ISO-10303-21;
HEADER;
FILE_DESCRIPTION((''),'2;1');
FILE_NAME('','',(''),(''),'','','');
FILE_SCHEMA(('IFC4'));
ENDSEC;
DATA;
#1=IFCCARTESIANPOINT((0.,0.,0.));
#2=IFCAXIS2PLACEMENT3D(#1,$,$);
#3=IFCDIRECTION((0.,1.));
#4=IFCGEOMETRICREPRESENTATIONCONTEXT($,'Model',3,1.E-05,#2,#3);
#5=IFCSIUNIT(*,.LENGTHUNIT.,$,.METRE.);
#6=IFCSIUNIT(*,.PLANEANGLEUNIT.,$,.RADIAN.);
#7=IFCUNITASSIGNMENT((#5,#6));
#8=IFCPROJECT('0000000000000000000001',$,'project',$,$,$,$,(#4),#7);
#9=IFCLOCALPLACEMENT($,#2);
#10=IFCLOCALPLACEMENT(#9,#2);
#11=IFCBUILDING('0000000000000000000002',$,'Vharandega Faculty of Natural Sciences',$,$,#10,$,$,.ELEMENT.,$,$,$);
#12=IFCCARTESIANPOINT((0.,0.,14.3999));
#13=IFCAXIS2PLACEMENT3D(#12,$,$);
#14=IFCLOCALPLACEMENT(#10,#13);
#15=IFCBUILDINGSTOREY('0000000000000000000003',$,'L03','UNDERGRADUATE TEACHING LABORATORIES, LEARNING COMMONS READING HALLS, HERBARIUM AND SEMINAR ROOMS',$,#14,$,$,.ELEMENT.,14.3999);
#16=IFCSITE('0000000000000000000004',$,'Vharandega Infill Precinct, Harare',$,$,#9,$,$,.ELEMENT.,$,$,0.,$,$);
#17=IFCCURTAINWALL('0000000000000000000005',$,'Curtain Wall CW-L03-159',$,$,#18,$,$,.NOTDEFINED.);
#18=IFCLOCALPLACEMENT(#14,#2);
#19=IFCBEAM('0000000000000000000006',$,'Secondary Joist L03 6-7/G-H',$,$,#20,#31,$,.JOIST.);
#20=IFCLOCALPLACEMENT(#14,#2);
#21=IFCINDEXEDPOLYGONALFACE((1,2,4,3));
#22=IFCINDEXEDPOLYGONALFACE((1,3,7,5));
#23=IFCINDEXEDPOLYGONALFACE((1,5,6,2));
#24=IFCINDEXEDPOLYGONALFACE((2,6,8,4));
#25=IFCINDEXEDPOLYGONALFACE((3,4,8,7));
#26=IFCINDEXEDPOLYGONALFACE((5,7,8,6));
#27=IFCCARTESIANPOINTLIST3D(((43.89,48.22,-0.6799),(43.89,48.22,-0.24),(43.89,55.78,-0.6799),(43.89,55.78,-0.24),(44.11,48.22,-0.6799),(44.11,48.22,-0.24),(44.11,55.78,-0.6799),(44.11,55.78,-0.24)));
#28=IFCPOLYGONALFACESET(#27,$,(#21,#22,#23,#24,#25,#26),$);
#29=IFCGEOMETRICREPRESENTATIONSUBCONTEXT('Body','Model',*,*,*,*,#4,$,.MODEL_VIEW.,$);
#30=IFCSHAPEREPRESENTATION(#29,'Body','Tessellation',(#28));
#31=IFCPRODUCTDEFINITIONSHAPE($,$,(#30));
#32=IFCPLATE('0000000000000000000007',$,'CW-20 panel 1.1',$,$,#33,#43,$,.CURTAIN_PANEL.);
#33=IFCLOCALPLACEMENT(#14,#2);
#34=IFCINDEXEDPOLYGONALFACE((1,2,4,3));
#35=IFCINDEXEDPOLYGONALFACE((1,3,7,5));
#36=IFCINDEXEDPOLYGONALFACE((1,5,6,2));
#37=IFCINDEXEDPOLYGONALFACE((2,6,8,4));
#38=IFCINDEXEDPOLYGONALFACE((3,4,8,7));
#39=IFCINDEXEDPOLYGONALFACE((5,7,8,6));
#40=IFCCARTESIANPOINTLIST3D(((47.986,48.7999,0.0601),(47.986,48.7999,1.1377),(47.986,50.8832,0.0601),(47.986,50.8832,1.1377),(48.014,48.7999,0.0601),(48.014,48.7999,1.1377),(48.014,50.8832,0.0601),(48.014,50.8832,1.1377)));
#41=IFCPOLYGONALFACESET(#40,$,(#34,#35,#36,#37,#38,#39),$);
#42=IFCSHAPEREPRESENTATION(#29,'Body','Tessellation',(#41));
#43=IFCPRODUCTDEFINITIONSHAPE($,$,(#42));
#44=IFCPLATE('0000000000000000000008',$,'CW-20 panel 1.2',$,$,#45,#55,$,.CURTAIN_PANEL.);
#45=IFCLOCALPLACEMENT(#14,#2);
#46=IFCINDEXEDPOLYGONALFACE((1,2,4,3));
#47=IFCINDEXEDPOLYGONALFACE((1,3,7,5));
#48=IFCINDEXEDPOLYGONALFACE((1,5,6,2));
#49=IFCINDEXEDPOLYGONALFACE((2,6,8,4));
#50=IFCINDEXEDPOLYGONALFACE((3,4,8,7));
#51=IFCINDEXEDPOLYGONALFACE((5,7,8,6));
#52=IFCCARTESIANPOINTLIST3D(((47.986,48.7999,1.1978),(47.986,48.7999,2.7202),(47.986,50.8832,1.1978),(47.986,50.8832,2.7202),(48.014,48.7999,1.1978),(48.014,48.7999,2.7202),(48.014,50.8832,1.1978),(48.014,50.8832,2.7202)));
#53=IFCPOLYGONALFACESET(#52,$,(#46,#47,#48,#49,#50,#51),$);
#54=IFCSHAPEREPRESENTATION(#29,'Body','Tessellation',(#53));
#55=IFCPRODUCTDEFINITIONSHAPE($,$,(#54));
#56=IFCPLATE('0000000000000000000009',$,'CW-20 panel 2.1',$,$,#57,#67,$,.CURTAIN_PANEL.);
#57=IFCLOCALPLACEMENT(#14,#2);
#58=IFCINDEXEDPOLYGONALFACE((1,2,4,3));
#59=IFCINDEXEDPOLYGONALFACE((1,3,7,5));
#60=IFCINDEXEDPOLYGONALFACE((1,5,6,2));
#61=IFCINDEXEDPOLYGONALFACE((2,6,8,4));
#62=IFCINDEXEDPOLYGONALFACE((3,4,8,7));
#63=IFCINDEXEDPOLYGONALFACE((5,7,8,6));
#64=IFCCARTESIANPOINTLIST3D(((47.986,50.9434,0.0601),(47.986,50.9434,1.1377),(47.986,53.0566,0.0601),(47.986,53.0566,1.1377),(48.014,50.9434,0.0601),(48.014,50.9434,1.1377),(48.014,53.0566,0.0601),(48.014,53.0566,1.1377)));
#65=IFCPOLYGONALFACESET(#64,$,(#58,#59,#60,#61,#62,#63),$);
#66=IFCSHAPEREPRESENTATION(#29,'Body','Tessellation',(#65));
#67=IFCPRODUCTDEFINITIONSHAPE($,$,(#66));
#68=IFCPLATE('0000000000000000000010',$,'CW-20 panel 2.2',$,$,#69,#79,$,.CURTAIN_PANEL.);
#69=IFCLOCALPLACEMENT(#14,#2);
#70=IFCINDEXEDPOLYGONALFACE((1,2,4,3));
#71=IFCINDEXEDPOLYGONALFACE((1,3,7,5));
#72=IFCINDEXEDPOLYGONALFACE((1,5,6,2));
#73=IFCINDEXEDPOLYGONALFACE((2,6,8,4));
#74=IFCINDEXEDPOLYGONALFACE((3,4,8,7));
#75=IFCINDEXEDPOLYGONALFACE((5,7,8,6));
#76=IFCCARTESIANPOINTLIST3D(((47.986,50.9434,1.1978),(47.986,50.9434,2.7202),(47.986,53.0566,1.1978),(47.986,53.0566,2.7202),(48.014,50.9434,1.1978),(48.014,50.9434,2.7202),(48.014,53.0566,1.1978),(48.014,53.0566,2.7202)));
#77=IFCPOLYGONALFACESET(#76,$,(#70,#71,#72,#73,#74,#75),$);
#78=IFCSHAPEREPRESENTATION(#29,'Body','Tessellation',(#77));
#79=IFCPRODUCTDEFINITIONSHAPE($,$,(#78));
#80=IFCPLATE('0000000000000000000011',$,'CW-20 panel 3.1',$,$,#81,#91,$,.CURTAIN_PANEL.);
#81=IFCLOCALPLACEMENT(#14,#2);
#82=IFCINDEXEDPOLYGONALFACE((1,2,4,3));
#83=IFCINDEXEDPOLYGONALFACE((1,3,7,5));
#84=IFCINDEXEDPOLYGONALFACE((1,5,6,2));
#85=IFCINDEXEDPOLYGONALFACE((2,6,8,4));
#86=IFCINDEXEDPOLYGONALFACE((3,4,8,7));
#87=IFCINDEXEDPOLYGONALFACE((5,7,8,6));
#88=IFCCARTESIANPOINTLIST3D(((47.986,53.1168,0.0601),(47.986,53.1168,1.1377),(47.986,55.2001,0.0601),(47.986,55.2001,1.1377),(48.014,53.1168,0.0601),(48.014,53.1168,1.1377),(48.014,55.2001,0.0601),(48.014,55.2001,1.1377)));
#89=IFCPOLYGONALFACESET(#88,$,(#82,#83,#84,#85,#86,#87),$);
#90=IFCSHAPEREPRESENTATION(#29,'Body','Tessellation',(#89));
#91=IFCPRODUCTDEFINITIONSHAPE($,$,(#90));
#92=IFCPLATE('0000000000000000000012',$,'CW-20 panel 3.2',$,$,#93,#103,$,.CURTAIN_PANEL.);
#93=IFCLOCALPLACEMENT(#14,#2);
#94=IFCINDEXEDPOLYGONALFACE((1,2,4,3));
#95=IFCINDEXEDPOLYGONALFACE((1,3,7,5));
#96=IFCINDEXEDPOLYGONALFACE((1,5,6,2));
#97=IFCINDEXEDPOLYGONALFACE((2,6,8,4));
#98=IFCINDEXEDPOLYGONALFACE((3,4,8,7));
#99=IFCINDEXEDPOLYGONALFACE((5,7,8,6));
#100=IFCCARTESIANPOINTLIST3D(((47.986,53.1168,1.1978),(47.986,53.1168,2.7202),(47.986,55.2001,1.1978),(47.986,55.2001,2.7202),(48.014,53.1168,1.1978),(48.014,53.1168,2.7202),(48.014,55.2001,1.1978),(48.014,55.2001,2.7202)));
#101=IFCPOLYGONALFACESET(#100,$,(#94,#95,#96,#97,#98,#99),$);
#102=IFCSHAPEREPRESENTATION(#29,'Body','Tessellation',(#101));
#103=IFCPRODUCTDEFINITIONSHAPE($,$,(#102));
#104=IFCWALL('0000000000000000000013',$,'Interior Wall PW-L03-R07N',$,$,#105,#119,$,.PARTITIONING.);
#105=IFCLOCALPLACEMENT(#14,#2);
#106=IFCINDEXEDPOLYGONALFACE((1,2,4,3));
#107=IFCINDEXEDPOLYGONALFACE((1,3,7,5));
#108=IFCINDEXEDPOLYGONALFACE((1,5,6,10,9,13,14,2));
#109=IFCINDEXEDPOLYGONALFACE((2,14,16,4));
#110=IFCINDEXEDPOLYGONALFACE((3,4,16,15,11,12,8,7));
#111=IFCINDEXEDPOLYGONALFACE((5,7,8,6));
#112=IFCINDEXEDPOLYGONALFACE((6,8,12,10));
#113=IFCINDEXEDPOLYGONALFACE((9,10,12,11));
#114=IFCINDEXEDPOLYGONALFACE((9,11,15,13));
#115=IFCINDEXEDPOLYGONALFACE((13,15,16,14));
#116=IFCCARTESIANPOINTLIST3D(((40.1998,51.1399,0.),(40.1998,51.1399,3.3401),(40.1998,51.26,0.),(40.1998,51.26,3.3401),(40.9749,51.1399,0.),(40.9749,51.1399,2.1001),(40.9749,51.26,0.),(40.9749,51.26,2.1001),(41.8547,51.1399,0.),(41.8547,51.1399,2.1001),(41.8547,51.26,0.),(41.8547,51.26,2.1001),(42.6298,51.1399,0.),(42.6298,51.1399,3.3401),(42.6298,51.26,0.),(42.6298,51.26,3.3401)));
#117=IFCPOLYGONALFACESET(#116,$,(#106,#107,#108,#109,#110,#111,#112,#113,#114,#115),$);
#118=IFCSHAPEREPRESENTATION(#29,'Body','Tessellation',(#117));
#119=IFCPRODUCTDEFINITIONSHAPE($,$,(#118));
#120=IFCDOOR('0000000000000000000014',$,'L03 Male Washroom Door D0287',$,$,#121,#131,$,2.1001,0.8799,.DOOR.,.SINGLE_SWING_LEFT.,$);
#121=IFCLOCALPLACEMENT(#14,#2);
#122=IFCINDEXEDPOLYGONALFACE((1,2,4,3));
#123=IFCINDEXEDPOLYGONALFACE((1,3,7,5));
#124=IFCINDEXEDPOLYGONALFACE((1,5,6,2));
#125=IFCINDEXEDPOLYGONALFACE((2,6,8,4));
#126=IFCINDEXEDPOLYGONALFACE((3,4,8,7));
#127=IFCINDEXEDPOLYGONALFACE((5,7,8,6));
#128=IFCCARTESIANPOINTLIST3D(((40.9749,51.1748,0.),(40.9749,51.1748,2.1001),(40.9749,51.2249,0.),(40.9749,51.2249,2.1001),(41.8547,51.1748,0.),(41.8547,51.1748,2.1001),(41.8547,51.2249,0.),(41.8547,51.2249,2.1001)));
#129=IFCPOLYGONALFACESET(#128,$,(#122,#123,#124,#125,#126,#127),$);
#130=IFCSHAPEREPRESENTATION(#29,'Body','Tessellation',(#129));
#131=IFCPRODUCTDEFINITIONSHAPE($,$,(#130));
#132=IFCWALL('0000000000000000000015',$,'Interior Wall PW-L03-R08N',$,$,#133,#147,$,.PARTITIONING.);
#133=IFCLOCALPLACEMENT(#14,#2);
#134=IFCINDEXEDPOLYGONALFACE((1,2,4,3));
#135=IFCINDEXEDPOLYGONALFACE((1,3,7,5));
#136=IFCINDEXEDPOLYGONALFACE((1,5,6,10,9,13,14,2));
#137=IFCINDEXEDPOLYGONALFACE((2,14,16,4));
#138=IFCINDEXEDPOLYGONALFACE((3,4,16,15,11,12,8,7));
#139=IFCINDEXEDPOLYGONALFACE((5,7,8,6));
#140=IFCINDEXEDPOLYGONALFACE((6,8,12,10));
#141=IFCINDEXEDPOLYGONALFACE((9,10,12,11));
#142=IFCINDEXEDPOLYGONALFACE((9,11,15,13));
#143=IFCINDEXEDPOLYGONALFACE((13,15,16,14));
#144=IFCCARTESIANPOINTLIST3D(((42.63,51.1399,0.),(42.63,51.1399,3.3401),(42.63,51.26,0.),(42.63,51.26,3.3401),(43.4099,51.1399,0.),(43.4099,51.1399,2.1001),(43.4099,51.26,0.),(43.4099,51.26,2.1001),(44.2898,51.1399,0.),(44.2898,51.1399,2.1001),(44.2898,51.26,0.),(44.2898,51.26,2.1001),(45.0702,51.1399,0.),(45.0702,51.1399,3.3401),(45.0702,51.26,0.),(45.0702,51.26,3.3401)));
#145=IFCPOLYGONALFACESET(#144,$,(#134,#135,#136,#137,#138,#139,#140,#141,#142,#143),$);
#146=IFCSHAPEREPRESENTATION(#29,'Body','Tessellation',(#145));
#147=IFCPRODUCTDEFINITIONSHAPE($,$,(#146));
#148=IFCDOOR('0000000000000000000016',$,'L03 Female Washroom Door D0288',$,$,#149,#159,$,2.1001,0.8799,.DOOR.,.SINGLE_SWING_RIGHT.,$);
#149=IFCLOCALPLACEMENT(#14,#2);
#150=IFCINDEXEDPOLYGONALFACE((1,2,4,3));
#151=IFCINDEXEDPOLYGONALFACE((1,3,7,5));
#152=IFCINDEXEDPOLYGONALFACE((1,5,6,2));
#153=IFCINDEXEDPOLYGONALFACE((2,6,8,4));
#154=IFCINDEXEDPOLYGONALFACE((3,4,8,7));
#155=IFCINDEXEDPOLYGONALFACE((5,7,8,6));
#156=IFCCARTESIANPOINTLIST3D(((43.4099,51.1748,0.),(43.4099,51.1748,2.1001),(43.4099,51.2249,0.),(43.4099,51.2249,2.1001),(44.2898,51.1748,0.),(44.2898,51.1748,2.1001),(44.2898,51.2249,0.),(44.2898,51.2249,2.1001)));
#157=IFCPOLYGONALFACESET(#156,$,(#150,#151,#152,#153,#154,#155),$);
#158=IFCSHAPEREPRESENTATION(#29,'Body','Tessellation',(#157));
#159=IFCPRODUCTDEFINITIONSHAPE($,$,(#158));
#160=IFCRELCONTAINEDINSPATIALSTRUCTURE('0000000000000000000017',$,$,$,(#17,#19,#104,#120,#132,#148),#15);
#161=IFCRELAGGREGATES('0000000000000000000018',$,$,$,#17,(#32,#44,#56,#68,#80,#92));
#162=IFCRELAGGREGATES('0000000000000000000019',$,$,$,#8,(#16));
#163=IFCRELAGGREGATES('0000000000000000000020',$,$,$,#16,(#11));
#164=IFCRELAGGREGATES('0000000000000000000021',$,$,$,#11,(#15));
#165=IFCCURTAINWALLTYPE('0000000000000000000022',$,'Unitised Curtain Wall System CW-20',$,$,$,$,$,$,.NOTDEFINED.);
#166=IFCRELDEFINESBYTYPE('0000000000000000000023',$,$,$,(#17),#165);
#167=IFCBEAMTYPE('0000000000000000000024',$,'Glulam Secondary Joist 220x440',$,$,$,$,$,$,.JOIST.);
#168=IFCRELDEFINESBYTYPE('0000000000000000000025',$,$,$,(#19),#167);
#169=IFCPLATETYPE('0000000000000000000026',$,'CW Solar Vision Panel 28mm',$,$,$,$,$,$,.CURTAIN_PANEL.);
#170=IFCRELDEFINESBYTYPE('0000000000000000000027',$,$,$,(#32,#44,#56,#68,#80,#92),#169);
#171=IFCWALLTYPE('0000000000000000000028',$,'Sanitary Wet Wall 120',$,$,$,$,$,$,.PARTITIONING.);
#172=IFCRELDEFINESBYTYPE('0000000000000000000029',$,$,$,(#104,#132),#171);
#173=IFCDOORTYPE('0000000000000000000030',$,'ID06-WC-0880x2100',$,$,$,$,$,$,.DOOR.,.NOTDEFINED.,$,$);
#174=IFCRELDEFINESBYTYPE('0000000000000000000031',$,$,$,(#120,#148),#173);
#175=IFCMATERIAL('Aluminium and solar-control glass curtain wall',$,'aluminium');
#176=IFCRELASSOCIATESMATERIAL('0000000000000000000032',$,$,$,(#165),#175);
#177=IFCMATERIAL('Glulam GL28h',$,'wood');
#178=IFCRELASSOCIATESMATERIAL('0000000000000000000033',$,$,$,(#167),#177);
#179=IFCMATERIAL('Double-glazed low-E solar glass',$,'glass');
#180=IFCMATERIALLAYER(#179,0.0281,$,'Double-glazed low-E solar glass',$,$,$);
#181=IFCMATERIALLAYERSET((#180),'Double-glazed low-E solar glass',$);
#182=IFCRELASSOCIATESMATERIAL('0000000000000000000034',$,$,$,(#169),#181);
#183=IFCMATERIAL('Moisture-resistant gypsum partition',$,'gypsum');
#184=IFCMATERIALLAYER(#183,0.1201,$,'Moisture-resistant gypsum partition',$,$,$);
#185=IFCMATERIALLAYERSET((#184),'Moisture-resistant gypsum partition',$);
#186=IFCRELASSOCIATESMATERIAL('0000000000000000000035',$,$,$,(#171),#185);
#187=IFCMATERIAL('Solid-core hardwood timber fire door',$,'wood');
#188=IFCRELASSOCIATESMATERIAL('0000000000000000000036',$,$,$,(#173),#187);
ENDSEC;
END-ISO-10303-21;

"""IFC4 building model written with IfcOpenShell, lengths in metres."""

from ifc_helpers import new_model, si_unit, direction, frame, frame_2d, origin, origin_2d, place, context, subcontext, project, spatial, rectangle, extrude, material, layer, layer_set, material_profile, profile_set, type_object, element, fill, aggregate, save


model = new_model("IFC4")

# Units and contexts
model_context = context("Model", 3, precision=1e-05, world=origin(), true_north=direction((0.0, 1.0)))
body_context = subcontext(model_context, "Body", "Model", "MODEL_VIEW")
ifc_project = project(units=[si_unit("LENGTHUNIT", "METRE"), si_unit("PLANEANGLEUNIT", "RADIAN")], contexts=[model_context])

# Site, building, storey
site_placement = place(None, origin())
site = spatial("IfcSite", under=ifc_project, at=site_placement, Name="Vharandega Infill Precinct, Harare", CompositionType="ELEMENT", RefElevation=0.0)
building_placement = place(site_placement, origin())
building = spatial("IfcBuilding", under=site, at=building_placement, Name="Vharandega Faculty of Natural Sciences", CompositionType="ELEMENT")
storey_placement = place(building_placement, frame((0.0, 0.0, 14.3999)))
storey = spatial("IfcBuildingStorey", under=building, at=storey_placement, Name="L03", Description="UNDERGRADUATE TEACHING LABORATORIES, LEARNING COMMONS READING HALLS, HERBARIUM AND SEMINAR ROOMS", CompositionType="ELEMENT", Elevation=14.3999)

# Curtain wall
ifc_material_1 = material(Name="Aluminium and solar-control glass curtain wall", Category="aluminium")
curtain_wall_type = type_object("IfcCurtainWallType", Name="Unitised Curtain Wall System CW-20", PredefinedType="NOTDEFINED", material=ifc_material_1)
curtain_wall_placement = place(storey_placement, origin())
curtain_wall = element("IfcCurtainWall", 1, at=curtain_wall_placement, inside=storey, type_object=curtain_wall_type, Name="Curtain Wall CW-L03-159", PredefinedType="NOTDEFINED")

# Beam
ifc_material_2 = material(Name="Glulam GL28h", Category="wood")
ifc_material_profile_1 = material_profile(ifc_material_2, rectangle(XDim=0.22, YDim=0.4399, at=origin_2d()), Name="GL28h 220x440")
ifc_profile_set_1 = profile_set([ifc_material_profile_1], Name="Glulam GL28h")
beam_type = type_object("IfcBeamType", Name="Glulam Secondary Joist 220x440", PredefinedType="JOIST", material=ifc_profile_set_1)
beam_placement = place(storey_placement, frame((44.0, 48.22, -0.46), z_axis=(0.0, 1.0, 0.0), x_axis=(-1.0, 0.0, 0.0)))
element("IfcBeam", 2, at=beam_placement, inside=storey, type_object=beam_type, Name="Secondary Joist L03 6-7/G-H", PredefinedType="JOIST", context=body_context, shape_type="SweptSolid", body=[
    extrude(rectangle(XDim=0.22, YDim=0.4399, at=origin_2d()), origin(), (0.0, 0.0, 1.0), 7.5601),
])

# Plates
ifc_material_3 = material(Name="Double-glazed low-E solar glass", Category="glass")
ifc_layer_1 = layer(ifc_material_3, 0.0281, Name="Double-glazed low-E solar glass")
ifc_layer_set_1 = layer_set([ifc_layer_1], Name="Double-glazed low-E solar glass")
plate_type = type_object("IfcPlateType", Name="CW Solar Vision Panel 28mm", PredefinedType="CURTAIN_PANEL", material=ifc_layer_set_1)
plate_1_placement = place(storey_placement, frame((48.0, 49.8416, 0.0601), z_axis=(0.0, 0.0, 1.0), x_axis=(0.0, 1.0, 0.0)))
plate_1 = element("IfcPlate", 3, at=plate_1_placement, type_object=plate_type, Name="CW-20 panel 1.1", PredefinedType="CURTAIN_PANEL", context=body_context, shape_type="SweptSolid", body=[
    extrude(rectangle(XDim=2.0833, YDim=0.0281, at=origin_2d()), origin(), (0.0, 0.0, 1.0), 1.0776),
])
plate_2_placement = place(storey_placement, frame((48.0, 49.8416, 1.1978), z_axis=(0.0, 0.0, 1.0), x_axis=(0.0, 1.0, 0.0)))
plate_2 = element("IfcPlate", 4, at=plate_2_placement, type_object=plate_type, Name="CW-20 panel 1.2", PredefinedType="CURTAIN_PANEL", context=body_context, shape_type="SweptSolid", body=[
    extrude(rectangle(XDim=2.0833, YDim=0.0281, at=origin_2d()), origin(), (0.0, 0.0, 1.0), 1.5225),
])
plate_3_placement = place(storey_placement, frame((48.0, 52.0, 0.0601), z_axis=(0.0, 0.0, 1.0), x_axis=(0.0, 1.0, 0.0)))
plate_3 = element("IfcPlate", 5, at=plate_3_placement, type_object=plate_type, Name="CW-20 panel 2.1", PredefinedType="CURTAIN_PANEL", context=body_context, shape_type="SweptSolid", body=[
    extrude(rectangle(XDim=2.1133, YDim=0.0281, at=origin_2d()), origin(), (0.0, 0.0, 1.0), 1.0776),
])
plate_4_placement = place(storey_placement, frame((48.0, 52.0, 1.1978), z_axis=(0.0, 0.0, 1.0), x_axis=(0.0, 1.0, 0.0)))
plate_4 = element("IfcPlate", 6, at=plate_4_placement, type_object=plate_type, Name="CW-20 panel 2.2", PredefinedType="CURTAIN_PANEL", context=body_context, shape_type="SweptSolid", body=[
    extrude(rectangle(XDim=2.1133, YDim=0.0281, at=origin_2d()), origin(), (0.0, 0.0, 1.0), 1.5225),
])
plate_5_placement = place(storey_placement, frame((48.0, 54.1584, 0.0601), z_axis=(0.0, 0.0, 1.0), x_axis=(0.0, 1.0, 0.0)))
plate_5 = element("IfcPlate", 7, at=plate_5_placement, type_object=plate_type, Name="CW-20 panel 3.1", PredefinedType="CURTAIN_PANEL", context=body_context, shape_type="SweptSolid", body=[
    extrude(rectangle(XDim=2.0833, YDim=0.0281, at=origin_2d()), origin(), (0.0, 0.0, 1.0), 1.0776),
])
plate_6_placement = place(storey_placement, frame((48.0, 54.1584, 1.1978), z_axis=(0.0, 0.0, 1.0), x_axis=(0.0, 1.0, 0.0)))
plate_6 = element("IfcPlate", 8, at=plate_6_placement, type_object=plate_type, Name="CW-20 panel 3.2", PredefinedType="CURTAIN_PANEL", context=body_context, shape_type="SweptSolid", body=[
    extrude(rectangle(XDim=2.0833, YDim=0.0281, at=origin_2d()), origin(), (0.0, 0.0, 1.0), 1.5225),
])
aggregate(curtain_wall, [plate_1, plate_2, plate_3, plate_4, plate_5, plate_6])

# Walls, openings, doors
ifc_material_4 = material(Name="Moisture-resistant gypsum partition", Category="gypsum")
ifc_layer_2 = layer(ifc_material_4, 0.1201, Name="Moisture-resistant gypsum partition")
ifc_layer_set_2 = layer_set([ifc_layer_2], Name="Moisture-resistant gypsum partition")
wall_type = type_object("IfcWallType", Name="Sanitary Wet Wall 120", PredefinedType="PARTITIONING", material=ifc_layer_set_2)
wall_1_placement = place(storey_placement, frame((40.2, 51.2, 0.0), z_axis=(0.0, 0.0, 1.0), x_axis=(1.0, 0.0, 0.0)))
wall_1 = element("IfcWall", 9, at=wall_1_placement, inside=storey, type_object=wall_type, Name="Interior Wall PW-L03-R07N", PredefinedType="PARTITIONING", context=body_context, shape_type="SweptSolid", body=[
    extrude(rectangle(XDim=2.4299, YDim=0.1201, at=frame_2d((1.2148, 0.0))), origin(), (0.0, 0.0, 1.0), 3.3401),
])
opening_1_placement = place(wall_1_placement, frame((0.7749, 0.0, 0.0)))
opening_1 = element("IfcOpeningElement", 10, at=opening_1_placement, cuts=wall_1, PredefinedType="OPENING", context=body_context, shape_type="SweptSolid", body=[
    extrude(rectangle(XDim=0.8799, YDim=2.1001, at=frame_2d((0.4399, 1.05))), frame((0.0, 0.0701, 0.0), z_axis=(0.0, -1.0, 0.0), x_axis=(1.0, 0.0, 0.0)), (0.0, 0.0, 1.0), 0.1401),
])
ifc_material_5 = material(Name="Solid-core hardwood timber fire door", Category="wood")
door_type_1 = type_object("IfcDoorType", Name="ID06-WC-0880x2100", OperationType="NOTDEFINED", PredefinedType="DOOR", material=ifc_material_5)
door_1_placement = place(opening_1_placement, origin())
door_1 = element("IfcDoor", 11, at=door_1_placement, inside=storey, type_object=door_type_1, Name="L03 Male Washroom Door D0287", OperationType="SINGLE_SWING_LEFT", OverallHeight=2.1001, OverallWidth=0.8799, PredefinedType="DOOR", context=body_context, shape_type="SweptSolid", body=[
    extrude(rectangle(XDim=0.8799, YDim=2.1001, at=frame_2d((0.4399, 1.05))), frame((0.0, 0.0249, 0.0), z_axis=(0.0, -1.0, 0.0), x_axis=(1.0, 0.0, 0.0)), (0.0, 0.0, 1.0), 0.05),
])
fill(opening_1, door_1)
wall_2_placement = place(storey_placement, frame((42.6299, 51.2, 0.0), z_axis=(0.0, 0.0, 1.0), x_axis=(1.0, 0.0, 0.0)))
wall_2 = element("IfcWall", 12, at=wall_2_placement, inside=storey, type_object=wall_type, Name="Interior Wall PW-L03-R08N", PredefinedType="PARTITIONING", context=body_context, shape_type="SweptSolid", body=[
    extrude(rectangle(XDim=2.4402, YDim=0.1201, at=frame_2d((1.2202, 0.0))), origin(), (0.0, 0.0, 1.0), 3.3401),
])
opening_2_placement = place(wall_2_placement, frame((0.78, 0.0, 0.0)))
opening_2 = element("IfcOpeningElement", 13, at=opening_2_placement, cuts=wall_2, PredefinedType="OPENING", context=body_context, shape_type="SweptSolid", body=[
    extrude(rectangle(XDim=0.8799, YDim=2.1001, at=frame_2d((0.4399, 1.05))), frame((0.0, 0.0701, 0.0), z_axis=(0.0, -1.0, 0.0), x_axis=(1.0, 0.0, 0.0)), (0.0, 0.0, 1.0), 0.1401),
])
door_2_placement = place(opening_2_placement, origin())
door_2 = element("IfcDoor", 14, at=door_2_placement, inside=storey, type_object=door_type_1, Name="L03 Female Washroom Door D0288", OperationType="SINGLE_SWING_RIGHT", OverallHeight=2.1001, OverallWidth=0.8799, PredefinedType="DOOR", context=body_context, shape_type="SweptSolid", body=[
    extrude(rectangle(XDim=0.8799, YDim=2.1001, at=frame_2d((0.4399, 1.05))), frame((0.0, 0.0249, 0.0), z_axis=(0.0, -1.0, 0.0), x_axis=(1.0, 0.0, 0.0)), (0.0, 0.0, 1.0), 0.05),
])
fill(opening_2, door_2)

save(model, "model.ifc")
